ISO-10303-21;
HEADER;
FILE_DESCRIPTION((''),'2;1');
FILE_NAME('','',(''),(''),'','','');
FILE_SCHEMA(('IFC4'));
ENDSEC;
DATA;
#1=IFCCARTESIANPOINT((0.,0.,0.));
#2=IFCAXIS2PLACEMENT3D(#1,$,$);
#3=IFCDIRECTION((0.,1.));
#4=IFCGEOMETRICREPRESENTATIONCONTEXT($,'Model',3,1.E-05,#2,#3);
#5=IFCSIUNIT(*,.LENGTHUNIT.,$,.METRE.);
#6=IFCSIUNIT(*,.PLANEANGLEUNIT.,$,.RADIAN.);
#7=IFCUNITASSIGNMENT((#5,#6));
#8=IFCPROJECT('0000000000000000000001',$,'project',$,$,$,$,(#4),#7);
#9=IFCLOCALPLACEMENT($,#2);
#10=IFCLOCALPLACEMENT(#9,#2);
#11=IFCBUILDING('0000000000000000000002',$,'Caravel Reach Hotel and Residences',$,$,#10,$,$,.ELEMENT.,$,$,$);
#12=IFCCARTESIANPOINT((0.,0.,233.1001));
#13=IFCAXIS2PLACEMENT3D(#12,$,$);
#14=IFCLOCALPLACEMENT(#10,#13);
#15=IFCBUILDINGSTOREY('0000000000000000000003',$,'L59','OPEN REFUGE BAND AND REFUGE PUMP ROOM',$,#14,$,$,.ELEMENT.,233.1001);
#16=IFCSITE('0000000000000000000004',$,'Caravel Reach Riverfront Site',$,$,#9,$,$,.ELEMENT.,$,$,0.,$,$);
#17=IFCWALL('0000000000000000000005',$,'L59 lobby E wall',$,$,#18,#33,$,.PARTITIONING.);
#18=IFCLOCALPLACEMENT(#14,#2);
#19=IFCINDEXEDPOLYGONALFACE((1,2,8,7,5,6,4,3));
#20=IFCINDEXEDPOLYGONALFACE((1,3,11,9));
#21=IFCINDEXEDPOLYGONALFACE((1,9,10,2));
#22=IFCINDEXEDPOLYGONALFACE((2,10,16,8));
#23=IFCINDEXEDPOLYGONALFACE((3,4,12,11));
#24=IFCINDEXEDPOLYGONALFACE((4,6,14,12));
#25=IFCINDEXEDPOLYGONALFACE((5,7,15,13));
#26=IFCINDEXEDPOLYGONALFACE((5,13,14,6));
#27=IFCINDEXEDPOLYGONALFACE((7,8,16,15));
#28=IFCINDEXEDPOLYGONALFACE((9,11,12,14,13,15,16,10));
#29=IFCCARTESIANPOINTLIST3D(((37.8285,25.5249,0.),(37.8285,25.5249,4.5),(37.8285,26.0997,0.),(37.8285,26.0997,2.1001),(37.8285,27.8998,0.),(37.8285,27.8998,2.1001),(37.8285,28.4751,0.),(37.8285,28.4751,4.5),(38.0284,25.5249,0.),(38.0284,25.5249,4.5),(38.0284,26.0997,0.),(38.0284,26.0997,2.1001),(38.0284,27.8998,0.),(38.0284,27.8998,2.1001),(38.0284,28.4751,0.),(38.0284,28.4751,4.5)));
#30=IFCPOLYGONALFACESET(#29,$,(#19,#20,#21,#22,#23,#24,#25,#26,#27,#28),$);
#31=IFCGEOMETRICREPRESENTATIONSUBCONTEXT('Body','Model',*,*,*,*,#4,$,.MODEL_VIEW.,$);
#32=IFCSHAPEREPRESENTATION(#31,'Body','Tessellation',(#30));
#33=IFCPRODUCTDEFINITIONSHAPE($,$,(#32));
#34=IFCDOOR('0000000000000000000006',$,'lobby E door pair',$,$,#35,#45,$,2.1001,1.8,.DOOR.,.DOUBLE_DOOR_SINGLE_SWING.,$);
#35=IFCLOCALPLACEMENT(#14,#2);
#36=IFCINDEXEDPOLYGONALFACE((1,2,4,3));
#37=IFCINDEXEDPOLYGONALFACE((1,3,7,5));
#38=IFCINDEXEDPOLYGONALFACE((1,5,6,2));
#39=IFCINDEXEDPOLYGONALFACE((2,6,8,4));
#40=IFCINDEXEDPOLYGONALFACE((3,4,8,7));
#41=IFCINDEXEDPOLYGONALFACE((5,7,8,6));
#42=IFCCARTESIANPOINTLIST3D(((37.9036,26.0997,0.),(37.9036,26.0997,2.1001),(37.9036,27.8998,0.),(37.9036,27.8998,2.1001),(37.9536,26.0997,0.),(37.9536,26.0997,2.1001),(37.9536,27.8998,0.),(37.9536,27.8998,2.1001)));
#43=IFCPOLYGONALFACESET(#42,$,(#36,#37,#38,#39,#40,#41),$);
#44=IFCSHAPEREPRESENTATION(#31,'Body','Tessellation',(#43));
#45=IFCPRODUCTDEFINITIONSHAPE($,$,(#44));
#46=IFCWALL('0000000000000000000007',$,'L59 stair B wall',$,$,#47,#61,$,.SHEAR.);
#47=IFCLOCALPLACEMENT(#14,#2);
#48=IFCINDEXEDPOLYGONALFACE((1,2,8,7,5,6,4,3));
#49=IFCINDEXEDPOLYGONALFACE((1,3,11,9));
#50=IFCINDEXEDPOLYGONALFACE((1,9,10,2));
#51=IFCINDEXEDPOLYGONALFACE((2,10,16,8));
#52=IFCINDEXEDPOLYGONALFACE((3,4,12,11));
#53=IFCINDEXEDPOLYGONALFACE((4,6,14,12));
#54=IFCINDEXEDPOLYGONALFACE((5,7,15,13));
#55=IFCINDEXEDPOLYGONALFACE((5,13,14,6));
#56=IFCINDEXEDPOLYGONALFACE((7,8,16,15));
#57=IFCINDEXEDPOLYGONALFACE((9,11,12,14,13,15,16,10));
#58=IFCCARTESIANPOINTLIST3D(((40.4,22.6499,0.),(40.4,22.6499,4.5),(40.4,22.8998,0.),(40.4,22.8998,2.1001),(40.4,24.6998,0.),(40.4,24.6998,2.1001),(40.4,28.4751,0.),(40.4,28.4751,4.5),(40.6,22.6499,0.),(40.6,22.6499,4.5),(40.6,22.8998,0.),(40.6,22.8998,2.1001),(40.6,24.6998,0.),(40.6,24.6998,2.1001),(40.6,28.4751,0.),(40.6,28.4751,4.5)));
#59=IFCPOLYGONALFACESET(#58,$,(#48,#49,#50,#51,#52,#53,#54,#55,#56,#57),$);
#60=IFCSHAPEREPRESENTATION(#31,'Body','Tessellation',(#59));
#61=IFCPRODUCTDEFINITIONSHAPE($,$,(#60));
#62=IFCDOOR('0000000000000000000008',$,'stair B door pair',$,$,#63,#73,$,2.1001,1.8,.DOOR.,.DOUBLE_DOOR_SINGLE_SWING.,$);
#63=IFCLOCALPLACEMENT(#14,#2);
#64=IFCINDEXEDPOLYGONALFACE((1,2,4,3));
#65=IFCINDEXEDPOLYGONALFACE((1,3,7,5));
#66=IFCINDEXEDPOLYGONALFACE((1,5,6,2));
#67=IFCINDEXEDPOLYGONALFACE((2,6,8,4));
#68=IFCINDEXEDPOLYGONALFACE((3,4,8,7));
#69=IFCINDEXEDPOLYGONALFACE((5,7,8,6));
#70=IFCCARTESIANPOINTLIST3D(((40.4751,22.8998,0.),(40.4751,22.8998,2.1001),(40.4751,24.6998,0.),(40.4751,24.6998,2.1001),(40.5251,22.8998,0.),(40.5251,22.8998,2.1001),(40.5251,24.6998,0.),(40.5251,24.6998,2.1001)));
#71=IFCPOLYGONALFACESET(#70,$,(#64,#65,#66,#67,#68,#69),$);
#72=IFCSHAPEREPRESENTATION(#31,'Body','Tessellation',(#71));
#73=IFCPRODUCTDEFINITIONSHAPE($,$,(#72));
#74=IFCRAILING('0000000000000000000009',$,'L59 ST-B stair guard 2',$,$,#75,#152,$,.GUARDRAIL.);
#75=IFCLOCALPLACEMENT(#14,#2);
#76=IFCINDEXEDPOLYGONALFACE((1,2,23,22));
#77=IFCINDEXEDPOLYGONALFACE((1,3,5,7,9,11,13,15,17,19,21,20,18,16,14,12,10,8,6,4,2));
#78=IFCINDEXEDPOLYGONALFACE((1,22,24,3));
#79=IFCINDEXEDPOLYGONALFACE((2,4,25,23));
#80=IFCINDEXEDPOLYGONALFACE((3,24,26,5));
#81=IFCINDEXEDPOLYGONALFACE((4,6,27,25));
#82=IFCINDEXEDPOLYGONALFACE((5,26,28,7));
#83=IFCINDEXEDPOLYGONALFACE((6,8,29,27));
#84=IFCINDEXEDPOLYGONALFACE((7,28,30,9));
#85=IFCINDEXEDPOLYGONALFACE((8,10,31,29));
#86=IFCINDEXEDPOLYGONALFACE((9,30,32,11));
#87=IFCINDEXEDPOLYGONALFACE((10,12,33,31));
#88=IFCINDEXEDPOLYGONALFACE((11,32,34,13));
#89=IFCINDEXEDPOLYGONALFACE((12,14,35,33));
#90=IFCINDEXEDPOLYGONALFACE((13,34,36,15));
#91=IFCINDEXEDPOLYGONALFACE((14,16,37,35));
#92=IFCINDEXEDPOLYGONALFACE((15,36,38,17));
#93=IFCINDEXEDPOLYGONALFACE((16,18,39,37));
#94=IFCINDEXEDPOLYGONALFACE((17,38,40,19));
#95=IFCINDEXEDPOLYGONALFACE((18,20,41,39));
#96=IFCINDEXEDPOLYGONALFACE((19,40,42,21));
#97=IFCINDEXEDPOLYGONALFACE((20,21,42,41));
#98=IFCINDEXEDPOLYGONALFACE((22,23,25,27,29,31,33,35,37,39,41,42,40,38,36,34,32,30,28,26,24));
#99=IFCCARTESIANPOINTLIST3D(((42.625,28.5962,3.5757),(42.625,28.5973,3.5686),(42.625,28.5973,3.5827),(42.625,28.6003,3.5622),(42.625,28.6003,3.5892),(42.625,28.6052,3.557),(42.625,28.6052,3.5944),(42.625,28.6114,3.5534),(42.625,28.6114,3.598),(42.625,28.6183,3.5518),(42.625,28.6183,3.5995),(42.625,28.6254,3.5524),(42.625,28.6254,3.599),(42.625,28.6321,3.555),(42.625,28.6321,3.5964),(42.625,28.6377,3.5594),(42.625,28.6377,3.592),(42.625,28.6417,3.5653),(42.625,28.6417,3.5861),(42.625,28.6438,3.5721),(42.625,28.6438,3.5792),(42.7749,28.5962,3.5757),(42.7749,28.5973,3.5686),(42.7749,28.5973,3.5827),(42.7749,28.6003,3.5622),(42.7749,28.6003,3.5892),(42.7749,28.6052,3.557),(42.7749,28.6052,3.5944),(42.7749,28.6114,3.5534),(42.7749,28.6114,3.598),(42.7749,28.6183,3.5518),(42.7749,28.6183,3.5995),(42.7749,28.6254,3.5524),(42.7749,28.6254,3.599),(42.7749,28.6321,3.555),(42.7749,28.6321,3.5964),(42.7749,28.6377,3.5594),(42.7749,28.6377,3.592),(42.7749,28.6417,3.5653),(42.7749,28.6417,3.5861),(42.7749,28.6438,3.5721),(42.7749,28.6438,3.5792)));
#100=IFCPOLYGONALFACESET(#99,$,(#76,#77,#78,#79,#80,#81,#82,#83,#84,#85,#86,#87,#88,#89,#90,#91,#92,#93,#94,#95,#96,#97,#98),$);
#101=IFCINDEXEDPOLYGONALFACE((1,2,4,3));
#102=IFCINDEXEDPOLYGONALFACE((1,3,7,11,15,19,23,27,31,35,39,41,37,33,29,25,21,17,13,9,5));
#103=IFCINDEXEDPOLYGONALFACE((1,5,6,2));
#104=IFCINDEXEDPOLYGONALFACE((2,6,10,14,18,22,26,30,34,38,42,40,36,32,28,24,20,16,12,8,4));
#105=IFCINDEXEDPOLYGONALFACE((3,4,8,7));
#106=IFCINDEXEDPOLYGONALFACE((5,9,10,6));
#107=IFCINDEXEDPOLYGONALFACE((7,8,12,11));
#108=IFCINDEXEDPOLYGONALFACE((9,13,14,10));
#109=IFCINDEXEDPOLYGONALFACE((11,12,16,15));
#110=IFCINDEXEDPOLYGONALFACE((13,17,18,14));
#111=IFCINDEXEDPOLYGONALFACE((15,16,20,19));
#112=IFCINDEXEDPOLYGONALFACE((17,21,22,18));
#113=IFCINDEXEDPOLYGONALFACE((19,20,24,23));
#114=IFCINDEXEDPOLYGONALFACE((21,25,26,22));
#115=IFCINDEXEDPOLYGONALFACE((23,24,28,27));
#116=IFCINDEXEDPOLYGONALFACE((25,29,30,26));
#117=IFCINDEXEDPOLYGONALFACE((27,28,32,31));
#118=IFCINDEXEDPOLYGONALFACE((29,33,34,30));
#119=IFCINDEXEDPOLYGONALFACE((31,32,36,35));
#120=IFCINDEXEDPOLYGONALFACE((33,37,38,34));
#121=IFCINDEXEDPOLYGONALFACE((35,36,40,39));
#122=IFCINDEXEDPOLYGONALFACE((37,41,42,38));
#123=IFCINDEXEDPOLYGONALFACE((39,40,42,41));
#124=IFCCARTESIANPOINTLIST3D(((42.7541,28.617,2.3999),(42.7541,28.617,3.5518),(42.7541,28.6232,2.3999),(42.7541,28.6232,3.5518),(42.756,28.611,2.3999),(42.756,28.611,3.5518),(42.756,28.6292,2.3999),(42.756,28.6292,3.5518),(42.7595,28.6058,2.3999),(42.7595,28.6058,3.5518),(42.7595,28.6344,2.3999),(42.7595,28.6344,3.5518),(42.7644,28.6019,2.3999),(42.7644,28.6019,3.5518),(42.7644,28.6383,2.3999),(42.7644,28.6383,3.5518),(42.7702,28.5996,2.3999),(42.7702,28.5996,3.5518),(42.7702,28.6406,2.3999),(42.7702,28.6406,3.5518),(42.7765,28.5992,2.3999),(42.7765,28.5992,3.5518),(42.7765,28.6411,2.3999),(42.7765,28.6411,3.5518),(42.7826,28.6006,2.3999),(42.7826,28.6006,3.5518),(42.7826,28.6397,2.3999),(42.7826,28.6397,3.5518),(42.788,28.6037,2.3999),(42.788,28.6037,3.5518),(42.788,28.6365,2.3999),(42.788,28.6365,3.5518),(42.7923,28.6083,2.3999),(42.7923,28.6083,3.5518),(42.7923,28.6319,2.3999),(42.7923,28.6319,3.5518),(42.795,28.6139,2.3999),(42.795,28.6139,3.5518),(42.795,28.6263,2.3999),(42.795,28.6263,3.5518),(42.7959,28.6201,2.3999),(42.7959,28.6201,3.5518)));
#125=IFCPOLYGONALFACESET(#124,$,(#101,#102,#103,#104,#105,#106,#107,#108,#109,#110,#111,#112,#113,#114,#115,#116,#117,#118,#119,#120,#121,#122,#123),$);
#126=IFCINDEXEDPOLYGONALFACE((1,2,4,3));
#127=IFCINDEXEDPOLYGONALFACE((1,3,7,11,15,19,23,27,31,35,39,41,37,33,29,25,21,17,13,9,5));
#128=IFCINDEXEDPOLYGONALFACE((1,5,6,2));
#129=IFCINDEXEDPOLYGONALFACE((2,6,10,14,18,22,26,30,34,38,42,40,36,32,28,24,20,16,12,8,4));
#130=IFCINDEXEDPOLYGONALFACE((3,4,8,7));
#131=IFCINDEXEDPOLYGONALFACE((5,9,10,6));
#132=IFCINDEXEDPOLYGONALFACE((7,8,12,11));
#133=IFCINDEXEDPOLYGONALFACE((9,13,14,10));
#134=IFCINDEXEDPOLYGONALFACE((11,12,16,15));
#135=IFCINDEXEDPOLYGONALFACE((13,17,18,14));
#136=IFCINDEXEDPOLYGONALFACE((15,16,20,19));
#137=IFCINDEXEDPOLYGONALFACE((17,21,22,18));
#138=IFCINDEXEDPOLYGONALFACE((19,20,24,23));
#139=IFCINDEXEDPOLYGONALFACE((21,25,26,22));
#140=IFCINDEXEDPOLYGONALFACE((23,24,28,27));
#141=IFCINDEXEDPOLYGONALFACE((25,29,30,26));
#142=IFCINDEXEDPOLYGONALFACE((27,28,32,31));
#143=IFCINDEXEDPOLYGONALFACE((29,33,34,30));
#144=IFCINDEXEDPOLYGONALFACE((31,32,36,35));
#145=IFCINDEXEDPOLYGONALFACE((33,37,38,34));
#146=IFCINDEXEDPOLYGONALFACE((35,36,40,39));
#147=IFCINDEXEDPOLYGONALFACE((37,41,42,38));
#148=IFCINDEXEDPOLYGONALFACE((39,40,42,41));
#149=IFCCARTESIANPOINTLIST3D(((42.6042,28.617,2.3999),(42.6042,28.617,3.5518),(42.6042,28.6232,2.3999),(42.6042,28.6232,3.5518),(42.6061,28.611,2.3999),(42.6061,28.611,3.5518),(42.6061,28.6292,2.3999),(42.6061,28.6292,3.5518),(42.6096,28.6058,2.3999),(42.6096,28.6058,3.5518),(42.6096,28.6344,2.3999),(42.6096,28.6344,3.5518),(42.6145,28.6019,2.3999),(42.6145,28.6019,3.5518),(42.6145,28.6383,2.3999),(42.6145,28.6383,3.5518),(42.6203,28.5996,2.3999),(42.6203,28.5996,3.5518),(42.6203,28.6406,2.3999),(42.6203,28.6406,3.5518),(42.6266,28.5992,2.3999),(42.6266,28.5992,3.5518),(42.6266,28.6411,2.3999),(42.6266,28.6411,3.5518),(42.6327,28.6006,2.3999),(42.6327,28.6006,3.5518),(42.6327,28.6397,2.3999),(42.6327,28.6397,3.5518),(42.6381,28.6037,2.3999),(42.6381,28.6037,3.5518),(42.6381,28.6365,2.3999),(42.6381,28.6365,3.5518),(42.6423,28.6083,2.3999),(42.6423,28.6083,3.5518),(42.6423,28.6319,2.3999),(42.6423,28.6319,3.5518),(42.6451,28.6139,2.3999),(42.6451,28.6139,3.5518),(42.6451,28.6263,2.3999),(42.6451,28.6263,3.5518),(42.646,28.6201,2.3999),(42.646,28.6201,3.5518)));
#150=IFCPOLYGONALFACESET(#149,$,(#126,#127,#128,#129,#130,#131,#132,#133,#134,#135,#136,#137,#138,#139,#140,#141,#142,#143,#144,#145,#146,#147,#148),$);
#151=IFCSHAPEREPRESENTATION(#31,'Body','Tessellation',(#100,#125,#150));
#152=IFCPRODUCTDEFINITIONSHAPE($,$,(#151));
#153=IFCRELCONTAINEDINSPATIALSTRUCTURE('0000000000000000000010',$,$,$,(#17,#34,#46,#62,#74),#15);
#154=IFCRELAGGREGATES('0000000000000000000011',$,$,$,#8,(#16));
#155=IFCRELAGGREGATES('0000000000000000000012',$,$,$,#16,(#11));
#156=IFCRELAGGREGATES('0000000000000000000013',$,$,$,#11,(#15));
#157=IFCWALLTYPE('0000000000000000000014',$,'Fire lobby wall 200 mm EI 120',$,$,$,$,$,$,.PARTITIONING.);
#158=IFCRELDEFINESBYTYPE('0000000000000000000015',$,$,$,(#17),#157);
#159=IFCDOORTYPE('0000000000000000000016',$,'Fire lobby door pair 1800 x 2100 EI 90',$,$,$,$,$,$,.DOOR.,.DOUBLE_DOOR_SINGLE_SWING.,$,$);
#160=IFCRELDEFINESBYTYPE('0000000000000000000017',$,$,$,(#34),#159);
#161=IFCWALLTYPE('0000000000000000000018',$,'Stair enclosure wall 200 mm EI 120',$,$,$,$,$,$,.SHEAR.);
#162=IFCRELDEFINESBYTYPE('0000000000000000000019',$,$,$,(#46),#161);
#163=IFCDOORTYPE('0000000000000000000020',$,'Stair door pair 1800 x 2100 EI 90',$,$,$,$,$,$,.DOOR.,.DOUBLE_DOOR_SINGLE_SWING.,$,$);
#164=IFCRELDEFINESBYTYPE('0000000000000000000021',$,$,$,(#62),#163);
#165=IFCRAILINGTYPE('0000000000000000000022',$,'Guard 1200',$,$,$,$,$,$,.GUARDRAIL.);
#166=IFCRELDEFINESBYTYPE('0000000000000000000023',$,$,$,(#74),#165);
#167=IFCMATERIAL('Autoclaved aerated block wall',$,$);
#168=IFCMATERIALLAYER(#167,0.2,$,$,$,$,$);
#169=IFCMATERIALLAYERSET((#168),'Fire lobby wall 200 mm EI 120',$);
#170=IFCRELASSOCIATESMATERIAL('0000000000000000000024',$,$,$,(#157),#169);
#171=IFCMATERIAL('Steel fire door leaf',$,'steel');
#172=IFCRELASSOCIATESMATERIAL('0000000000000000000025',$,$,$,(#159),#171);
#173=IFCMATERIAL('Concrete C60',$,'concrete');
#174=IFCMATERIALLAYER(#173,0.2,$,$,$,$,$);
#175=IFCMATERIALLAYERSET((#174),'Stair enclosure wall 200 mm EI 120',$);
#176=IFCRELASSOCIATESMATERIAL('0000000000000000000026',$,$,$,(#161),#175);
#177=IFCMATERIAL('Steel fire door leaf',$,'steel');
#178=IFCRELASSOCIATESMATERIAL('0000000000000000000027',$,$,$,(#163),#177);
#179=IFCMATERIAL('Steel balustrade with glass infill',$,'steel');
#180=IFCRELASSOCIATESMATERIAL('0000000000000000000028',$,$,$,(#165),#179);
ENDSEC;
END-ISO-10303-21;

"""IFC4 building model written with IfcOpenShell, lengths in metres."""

from ifc_helpers import new_model, si_unit, direction, frame, frame_2d, origin, origin_2d, place, context, subcontext, project, spatial, rectangle, circle, extrude, material, layer, layer_set, type_object, element, fill, save


model = new_model("IFC4")

# Units and contexts
model_context = context("Model", 3, precision=1e-05, world=origin(), true_north=direction((0.0, 1.0)))
body_context = subcontext(model_context, "Body", "Model", "MODEL_VIEW")
ifc_project = project(units=[si_unit("LENGTHUNIT", "METRE"), si_unit("PLANEANGLEUNIT", "RADIAN")], contexts=[model_context])

# Site, building, storey
site_placement = place(None, origin())
site = spatial("IfcSite", under=ifc_project, at=site_placement, Name="Caravel Reach Riverfront Site", CompositionType="ELEMENT", RefElevation=0.0)
building_placement = place(site_placement, origin())
building = spatial("IfcBuilding", under=site, at=building_placement, Name="Caravel Reach Hotel and Residences", CompositionType="ELEMENT")
storey_placement = place(building_placement, frame((0.0, 0.0, 233.1001)))
storey = spatial("IfcBuildingStorey", under=building, at=storey_placement, Name="L59", Description="OPEN REFUGE BAND AND REFUGE PUMP ROOM", CompositionType="ELEMENT", Elevation=233.1001)

# Walls, openings, doors
ifc_material_1 = material(Name="Autoclaved aerated block wall")
ifc_layer_1 = layer(ifc_material_1, 0.2)
ifc_layer_set_1 = layer_set([ifc_layer_1], Name="Fire lobby wall 200 mm EI 120")
wall_type_1 = type_object("IfcWallType", Name="Fire lobby wall 200 mm EI 120", PredefinedType="PARTITIONING", material=ifc_layer_set_1)
wall_1_placement = place(storey_placement, frame((37.9285, 25.5249, 0.0), z_axis=(0.0, 0.0, 1.0), x_axis=(0.0, 1.0, 0.0)))
wall_1 = element("IfcWall", 1, at=wall_1_placement, inside=storey, type_object=wall_type_1, Name="L59 lobby E wall", PredefinedType="PARTITIONING", context=body_context, shape_type="SweptSolid", body=[
    extrude(rectangle(XDim=2.9502, YDim=0.2, at=frame_2d((1.4751, 0.0))), origin(), (0.0, 0.0, 1.0), 4.5),
])
opening_1_placement = place(wall_1_placement, frame((0.575, 0.0, 0.0)))
opening_1 = element("IfcOpeningElement", 2, at=opening_1_placement, cuts=wall_1, PredefinedType="OPENING", context=body_context, shape_type="SweptSolid", body=[
    extrude(rectangle(XDim=1.8, YDim=2.1001, at=frame_2d((0.8999, 1.05))), frame((0.0, 0.1099, 0.0), z_axis=(0.0, -1.0, 0.0), x_axis=(1.0, 0.0, 0.0)), (0.0, 0.0, 1.0), 0.22),
])
ifc_material_2 = material(Name="Steel fire door leaf", Category="steel")
door_type_1 = type_object("IfcDoorType", Name="Fire lobby door pair 1800 x 2100 EI 90", OperationType="DOUBLE_DOOR_SINGLE_SWING", PredefinedType="DOOR", material=ifc_material_2)
door_1_placement = place(opening_1_placement, origin())
door_1 = element("IfcDoor", 3, at=door_1_placement, inside=storey, type_object=door_type_1, Name="lobby E door pair", OperationType="DOUBLE_DOOR_SINGLE_SWING", OverallHeight=2.1001, OverallWidth=1.8, PredefinedType="DOOR", context=body_context, shape_type="SweptSolid", body=[
    extrude(rectangle(XDim=1.8, YDim=2.1001, at=frame_2d((0.8999, 1.05))), frame((0.0, 0.0249, 0.0), z_axis=(0.0, -1.0, 0.0), x_axis=(1.0, 0.0, 0.0)), (0.0, 0.0, 1.0), 0.05),
])
fill(opening_1, door_1)
ifc_material_3 = material(Name="Concrete C60", Category="concrete")
ifc_layer_2 = layer(ifc_material_3, 0.2)
ifc_layer_set_2 = layer_set([ifc_layer_2], Name="Stair enclosure wall 200 mm EI 120")
wall_type_2 = type_object("IfcWallType", Name="Stair enclosure wall 200 mm EI 120", PredefinedType="SHEAR", material=ifc_layer_set_2)
wall_2_placement = place(storey_placement, frame((40.5, 22.6499, 0.0), z_axis=(0.0, 0.0, 1.0), x_axis=(0.0, 1.0, 0.0)))
wall_2 = element("IfcWall", 4, at=wall_2_placement, inside=storey, type_object=wall_type_2, Name="L59 stair B wall", PredefinedType="SHEAR", context=body_context, shape_type="SweptSolid", body=[
    extrude(rectangle(XDim=5.8252, YDim=0.2, at=frame_2d((2.9126, 0.0))), origin(), (0.0, 0.0, 1.0), 4.5),
])
opening_2_placement = place(wall_2_placement, frame((0.25, 0.0, 0.0)))
opening_2 = element("IfcOpeningElement", 5, at=opening_2_placement, cuts=wall_2, PredefinedType="OPENING", context=body_context, shape_type="SweptSolid", body=[
    extrude(rectangle(XDim=1.8, YDim=2.1001, at=frame_2d((0.8999, 1.05))), frame((0.0, 0.1099, 0.0), z_axis=(0.0, -1.0, 0.0), x_axis=(1.0, 0.0, 0.0)), (0.0, 0.0, 1.0), 0.22),
])
ifc_material_4 = material(Name="Steel fire door leaf", Category="steel")
door_type_2 = type_object("IfcDoorType", Name="Stair door pair 1800 x 2100 EI 90", OperationType="DOUBLE_DOOR_SINGLE_SWING", PredefinedType="DOOR", material=ifc_material_4)
door_2_placement = place(opening_2_placement, origin())
door_2 = element("IfcDoor", 6, at=door_2_placement, inside=storey, type_object=door_type_2, Name="stair B door pair", OperationType="DOUBLE_DOOR_SINGLE_SWING", OverallHeight=2.1001, OverallWidth=1.8, PredefinedType="DOOR", context=body_context, shape_type="SweptSolid", body=[
    extrude(rectangle(XDim=1.8, YDim=2.1001, at=frame_2d((0.8999, 1.05))), frame((0.0, 0.0249, 0.0), z_axis=(0.0, -1.0, 0.0), x_axis=(1.0, 0.0, 0.0)), (0.0, 0.0, 1.0), 0.05),
])
fill(opening_2, door_2)

# Railing
ifc_material_5 = material(Name="Steel balustrade with glass infill", Category="steel")
railing_type_1 = type_object("IfcRailingType", Name="Guard 1200", PredefinedType="GUARDRAIL", material=ifc_material_5)
railing_1_placement = place(storey_placement, frame((42.7749, 28.6201, 2.3999)))
element("IfcRailing", 7, at=railing_1_placement, inside=storey, type_object=railing_type_1, Name="L59 ST-B stair guard 2", PredefinedType="GUARDRAIL", context=body_context, shape_type="SweptSolid", body=[
    extrude(circle(Radius=0.0239, at=origin_2d()), frame((0.0, 0.0, 1.1758), z_axis=(-1.0, 0.0, 0.0), x_axis=(0.0, -1.0, 0.0)), (0.0, 0.0, 1.0), 0.1499),
    extrude(circle(Radius=0.021, at=origin_2d()), origin(), (0.0, 0.0, 1.0), 1.1519),
    extrude(circle(Radius=0.021, at=origin_2d()), frame((-0.1499, 0.0, 0.0)), (0.0, 0.0, 1.0), 1.1519),
])

save(model, "model.ifc")
